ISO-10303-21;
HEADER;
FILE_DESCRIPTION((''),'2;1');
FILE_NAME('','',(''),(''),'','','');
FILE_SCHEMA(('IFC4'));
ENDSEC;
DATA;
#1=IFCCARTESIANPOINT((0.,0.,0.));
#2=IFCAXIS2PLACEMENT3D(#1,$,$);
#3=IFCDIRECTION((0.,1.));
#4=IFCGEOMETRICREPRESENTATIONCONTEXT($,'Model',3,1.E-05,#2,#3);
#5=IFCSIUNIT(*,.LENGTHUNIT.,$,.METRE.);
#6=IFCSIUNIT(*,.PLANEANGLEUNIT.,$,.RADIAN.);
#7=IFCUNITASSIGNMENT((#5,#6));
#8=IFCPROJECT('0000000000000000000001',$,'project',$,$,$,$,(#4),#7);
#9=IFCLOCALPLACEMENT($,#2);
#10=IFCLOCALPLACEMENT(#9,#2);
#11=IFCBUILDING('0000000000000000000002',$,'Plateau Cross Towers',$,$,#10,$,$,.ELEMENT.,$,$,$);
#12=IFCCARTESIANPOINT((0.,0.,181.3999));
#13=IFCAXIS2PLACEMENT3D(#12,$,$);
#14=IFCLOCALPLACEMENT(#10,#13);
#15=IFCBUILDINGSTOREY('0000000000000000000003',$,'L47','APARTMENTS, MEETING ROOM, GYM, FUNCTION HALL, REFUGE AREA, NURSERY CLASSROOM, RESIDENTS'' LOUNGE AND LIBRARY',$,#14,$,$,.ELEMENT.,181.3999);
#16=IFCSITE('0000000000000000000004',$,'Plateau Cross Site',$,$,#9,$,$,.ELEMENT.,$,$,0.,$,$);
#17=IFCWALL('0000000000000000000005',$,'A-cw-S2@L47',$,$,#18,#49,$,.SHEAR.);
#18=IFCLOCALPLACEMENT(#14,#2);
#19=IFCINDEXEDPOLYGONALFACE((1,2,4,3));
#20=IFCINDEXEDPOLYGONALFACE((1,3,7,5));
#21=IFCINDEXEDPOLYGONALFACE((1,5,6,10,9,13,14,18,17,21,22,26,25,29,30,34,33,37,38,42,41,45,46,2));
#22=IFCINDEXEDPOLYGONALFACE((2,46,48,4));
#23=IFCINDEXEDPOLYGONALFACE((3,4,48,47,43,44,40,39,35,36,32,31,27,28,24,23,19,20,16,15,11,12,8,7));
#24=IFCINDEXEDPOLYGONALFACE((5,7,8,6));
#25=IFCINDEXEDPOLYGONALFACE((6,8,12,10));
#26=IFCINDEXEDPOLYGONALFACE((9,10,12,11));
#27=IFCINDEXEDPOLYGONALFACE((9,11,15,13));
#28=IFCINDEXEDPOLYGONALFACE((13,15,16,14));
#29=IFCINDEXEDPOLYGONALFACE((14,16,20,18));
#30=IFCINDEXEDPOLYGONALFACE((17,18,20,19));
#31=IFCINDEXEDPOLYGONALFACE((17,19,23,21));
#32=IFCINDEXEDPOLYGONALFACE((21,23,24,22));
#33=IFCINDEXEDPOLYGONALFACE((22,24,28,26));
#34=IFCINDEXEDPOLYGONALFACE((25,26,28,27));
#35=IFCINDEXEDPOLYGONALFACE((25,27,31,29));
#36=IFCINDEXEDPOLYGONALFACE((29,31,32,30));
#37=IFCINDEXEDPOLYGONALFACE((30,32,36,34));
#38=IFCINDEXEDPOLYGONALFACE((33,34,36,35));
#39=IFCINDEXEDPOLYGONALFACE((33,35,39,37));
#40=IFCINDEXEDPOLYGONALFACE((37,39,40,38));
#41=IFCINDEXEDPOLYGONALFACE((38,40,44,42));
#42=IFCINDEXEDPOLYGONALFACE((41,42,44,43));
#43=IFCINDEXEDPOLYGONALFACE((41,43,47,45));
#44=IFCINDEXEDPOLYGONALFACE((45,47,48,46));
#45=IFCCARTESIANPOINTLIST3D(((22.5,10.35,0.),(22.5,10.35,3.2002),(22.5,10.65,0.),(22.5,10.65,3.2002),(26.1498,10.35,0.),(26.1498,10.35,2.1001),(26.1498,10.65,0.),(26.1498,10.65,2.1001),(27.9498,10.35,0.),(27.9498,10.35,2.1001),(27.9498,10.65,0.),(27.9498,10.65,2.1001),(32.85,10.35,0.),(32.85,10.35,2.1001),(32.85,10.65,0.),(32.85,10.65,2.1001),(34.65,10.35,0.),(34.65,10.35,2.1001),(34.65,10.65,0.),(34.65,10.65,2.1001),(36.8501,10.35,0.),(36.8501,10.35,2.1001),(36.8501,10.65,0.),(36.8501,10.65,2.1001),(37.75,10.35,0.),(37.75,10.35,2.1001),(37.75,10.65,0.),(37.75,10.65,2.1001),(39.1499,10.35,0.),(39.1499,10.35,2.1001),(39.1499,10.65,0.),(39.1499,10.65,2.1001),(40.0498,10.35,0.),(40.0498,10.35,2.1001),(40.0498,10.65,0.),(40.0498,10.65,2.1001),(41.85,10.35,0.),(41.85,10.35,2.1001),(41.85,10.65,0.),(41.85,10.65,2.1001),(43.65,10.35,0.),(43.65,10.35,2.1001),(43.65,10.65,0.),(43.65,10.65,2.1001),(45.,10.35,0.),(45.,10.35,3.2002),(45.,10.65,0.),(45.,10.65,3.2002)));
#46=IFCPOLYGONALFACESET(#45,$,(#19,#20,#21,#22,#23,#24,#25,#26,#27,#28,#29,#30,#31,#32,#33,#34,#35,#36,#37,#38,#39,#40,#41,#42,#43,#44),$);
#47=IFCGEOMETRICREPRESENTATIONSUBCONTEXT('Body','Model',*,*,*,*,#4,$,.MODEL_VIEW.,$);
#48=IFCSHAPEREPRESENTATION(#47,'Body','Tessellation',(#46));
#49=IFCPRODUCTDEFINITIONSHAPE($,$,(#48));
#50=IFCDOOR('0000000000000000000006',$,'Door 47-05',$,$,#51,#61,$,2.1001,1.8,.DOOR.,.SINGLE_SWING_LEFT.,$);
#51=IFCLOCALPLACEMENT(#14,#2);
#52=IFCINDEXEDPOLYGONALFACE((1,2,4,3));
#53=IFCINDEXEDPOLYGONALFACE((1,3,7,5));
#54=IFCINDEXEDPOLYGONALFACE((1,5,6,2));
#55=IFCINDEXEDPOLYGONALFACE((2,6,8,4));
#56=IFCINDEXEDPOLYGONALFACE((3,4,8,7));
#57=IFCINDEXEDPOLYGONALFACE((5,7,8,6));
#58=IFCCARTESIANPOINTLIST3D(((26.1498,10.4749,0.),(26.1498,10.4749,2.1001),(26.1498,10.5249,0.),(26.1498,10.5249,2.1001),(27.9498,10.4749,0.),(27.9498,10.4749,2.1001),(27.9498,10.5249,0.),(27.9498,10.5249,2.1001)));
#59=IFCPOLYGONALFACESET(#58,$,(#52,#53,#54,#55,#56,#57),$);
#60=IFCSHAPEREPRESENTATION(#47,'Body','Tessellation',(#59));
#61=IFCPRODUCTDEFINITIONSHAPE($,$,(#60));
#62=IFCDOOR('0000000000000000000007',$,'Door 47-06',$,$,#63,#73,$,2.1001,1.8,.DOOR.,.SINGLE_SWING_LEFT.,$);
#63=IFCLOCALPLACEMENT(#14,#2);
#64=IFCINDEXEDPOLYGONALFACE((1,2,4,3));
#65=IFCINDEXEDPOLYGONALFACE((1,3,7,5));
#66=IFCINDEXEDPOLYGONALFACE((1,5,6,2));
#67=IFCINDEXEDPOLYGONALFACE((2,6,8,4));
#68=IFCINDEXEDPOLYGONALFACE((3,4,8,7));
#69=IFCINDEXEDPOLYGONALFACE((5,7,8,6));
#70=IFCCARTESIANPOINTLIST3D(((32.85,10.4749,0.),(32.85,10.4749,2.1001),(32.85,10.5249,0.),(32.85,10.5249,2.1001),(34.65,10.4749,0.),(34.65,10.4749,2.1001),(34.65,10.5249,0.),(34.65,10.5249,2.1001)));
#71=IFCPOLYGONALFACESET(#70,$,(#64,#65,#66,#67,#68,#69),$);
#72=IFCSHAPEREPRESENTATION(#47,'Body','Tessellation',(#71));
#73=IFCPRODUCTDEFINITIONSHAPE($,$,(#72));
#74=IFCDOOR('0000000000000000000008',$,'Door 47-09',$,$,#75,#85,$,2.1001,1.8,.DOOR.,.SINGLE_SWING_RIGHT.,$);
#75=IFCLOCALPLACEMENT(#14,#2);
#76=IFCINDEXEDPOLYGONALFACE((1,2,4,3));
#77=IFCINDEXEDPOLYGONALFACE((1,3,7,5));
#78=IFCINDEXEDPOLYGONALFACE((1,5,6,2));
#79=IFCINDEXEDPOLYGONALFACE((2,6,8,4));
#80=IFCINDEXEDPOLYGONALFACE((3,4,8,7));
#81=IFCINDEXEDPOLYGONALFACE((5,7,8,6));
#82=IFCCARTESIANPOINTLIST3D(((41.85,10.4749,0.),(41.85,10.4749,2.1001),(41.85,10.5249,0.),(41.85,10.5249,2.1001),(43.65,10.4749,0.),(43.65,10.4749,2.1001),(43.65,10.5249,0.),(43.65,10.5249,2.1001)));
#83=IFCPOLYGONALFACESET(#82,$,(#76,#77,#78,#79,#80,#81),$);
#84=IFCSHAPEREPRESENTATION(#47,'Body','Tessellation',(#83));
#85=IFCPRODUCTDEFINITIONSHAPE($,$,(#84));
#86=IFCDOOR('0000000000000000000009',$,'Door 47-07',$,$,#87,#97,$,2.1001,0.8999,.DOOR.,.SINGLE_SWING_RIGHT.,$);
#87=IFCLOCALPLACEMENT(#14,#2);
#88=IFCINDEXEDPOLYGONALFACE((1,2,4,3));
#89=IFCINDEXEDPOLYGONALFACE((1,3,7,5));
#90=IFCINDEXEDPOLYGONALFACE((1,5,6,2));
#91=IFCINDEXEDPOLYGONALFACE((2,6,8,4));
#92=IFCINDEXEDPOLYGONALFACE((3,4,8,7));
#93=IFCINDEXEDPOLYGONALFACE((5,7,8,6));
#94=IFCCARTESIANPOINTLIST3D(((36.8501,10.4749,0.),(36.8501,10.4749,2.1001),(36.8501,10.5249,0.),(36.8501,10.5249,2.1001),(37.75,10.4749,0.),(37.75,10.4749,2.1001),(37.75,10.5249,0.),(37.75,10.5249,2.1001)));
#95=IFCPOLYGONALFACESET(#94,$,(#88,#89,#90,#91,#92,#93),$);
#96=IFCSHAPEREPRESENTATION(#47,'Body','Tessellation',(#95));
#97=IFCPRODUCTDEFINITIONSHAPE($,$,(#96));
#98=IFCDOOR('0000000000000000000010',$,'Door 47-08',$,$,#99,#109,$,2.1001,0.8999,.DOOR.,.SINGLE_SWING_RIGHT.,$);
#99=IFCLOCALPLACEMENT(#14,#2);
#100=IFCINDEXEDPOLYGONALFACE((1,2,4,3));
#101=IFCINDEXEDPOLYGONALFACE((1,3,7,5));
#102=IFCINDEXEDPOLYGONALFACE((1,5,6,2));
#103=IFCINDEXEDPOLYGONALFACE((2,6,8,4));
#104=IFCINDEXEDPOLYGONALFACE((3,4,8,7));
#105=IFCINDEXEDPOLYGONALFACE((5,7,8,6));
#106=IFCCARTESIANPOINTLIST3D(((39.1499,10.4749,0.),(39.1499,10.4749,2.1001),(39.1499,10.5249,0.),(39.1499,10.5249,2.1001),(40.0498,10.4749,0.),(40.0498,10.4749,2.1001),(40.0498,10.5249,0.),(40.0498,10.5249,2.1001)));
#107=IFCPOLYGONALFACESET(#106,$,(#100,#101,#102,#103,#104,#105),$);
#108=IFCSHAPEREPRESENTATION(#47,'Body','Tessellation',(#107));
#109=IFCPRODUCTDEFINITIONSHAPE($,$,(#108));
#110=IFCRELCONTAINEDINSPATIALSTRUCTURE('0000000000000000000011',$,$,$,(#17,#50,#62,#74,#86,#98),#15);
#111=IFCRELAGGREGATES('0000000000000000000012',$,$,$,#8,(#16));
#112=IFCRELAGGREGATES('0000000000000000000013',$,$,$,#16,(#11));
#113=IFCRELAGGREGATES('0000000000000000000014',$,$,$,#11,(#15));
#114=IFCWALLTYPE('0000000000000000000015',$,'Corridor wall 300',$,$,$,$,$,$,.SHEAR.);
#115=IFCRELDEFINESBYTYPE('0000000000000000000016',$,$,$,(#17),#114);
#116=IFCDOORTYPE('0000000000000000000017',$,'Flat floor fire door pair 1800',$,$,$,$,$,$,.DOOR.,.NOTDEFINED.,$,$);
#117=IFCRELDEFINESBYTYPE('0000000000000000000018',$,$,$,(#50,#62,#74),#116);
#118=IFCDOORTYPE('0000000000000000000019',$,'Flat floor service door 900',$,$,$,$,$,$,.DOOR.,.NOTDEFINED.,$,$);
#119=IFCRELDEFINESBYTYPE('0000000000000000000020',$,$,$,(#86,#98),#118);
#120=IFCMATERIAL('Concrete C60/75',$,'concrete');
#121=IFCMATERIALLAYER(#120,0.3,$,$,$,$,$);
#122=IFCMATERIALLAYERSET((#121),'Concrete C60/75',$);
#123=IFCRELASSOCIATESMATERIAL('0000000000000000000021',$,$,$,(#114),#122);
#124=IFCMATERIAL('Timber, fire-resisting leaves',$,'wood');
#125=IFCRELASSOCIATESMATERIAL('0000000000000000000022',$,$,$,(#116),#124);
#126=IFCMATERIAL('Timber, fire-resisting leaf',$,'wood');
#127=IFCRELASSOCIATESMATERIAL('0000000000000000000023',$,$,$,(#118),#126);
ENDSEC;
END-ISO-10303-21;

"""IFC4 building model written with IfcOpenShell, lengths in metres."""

from ifc_helpers import new_model, si_unit, direction, frame, frame_2d, origin, place, context, subcontext, project, spatial, rectangle, extrude, material, layer, layer_set, type_object, element, fill, save


model = new_model("IFC4")

# Units and contexts
model_context = context("Model", 3, precision=1e-05, world=origin(), true_north=direction((0.0, 1.0)))
body_context = subcontext(model_context, "Body", "Model", "MODEL_VIEW")
ifc_project = project(units=[si_unit("LENGTHUNIT", "METRE"), si_unit("PLANEANGLEUNIT", "RADIAN")], contexts=[model_context])

# Site, building, storey
site_placement = place(None, origin())
site = spatial("IfcSite", under=ifc_project, at=site_placement, Name="Plateau Cross Site", CompositionType="ELEMENT", RefElevation=0.0)
building_placement = place(site_placement, origin())
building = spatial("IfcBuilding", under=site, at=building_placement, Name="Plateau Cross Towers", CompositionType="ELEMENT")
storey_placement = place(building_placement, frame((0.0, 0.0, 181.3999)))
storey = spatial("IfcBuildingStorey", under=building, at=storey_placement, Name="L47", Description="APARTMENTS, MEETING ROOM, GYM, FUNCTION HALL, REFUGE AREA, NURSERY CLASSROOM, RESIDENTS' LOUNGE AND LIBRARY", CompositionType="ELEMENT", Elevation=181.3999)

# Shared definitions
ifc_material_1 = material(Name="Concrete C60/75", Category="concrete")

# Wall, openings, doors
ifc_layer_1 = layer(ifc_material_1, 0.3)
ifc_layer_set_1 = layer_set([ifc_layer_1], Name="Concrete C60/75")
wall_type_1 = type_object("IfcWallType", Name="Corridor wall 300", PredefinedType="SHEAR", material=ifc_layer_set_1)
ifc_material_2 = material(Name="Timber, fire-resisting leaf", Category="wood")
ifc_material_3 = material(Name="Timber, fire-resisting leaves", Category="wood")
door_type_1 = type_object("IfcDoorType", Name="Flat floor fire door pair 1800", OperationType="NOTDEFINED", PredefinedType="DOOR", material=ifc_material_3)
door_type_2 = type_object("IfcDoorType", Name="Flat floor service door 900", OperationType="NOTDEFINED", PredefinedType="DOOR", material=ifc_material_2)
wall_1_placement = place(storey_placement, frame((22.5, 10.5, 0.0), z_axis=(0.0, 0.0, 1.0), x_axis=(1.0, 0.0, 0.0)))
wall_1 = element("IfcWall", 1, at=wall_1_placement, inside=storey, type_object=wall_type_1, Name="A-cw-S2@L47", PredefinedType="SHEAR", context=body_context, shape_type="SweptSolid", body=[
    extrude(rectangle(XDim=22.5, YDim=0.3, at=frame_2d((11.25, 0.0))), origin(), (0.0, 0.0, 1.0), 3.2002),
])
opening_1_placement = place(wall_1_placement, frame((3.6499, 0.0, 0.0)))
opening_1 = element("IfcOpeningElement", 2, at=opening_1_placement, cuts=wall_1, PredefinedType="OPENING", context=body_context, shape_type="SweptSolid", body=[
    extrude(rectangle(XDim=1.8, YDim=2.1001, at=frame_2d((0.8999, 1.05))), frame((0.0, 0.1599, 0.0), z_axis=(0.0, -1.0, 0.0), x_axis=(1.0, 0.0, 0.0)), (0.0, 0.0, 1.0), 0.3201),
])
opening_2_placement = place(wall_1_placement, frame((10.3501, 0.0, 0.0)))
opening_2 = element("IfcOpeningElement", 3, at=opening_2_placement, cuts=wall_1, PredefinedType="OPENING", context=body_context, shape_type="SweptSolid", body=[
    extrude(rectangle(XDim=1.8, YDim=2.1001, at=frame_2d((0.8999, 1.05))), frame((0.0, 0.1599, 0.0), z_axis=(0.0, -1.0, 0.0), x_axis=(1.0, 0.0, 0.0)), (0.0, 0.0, 1.0), 0.3201),
])
opening_3_placement = place(wall_1_placement, frame((14.3501, 0.0, 0.0)))
opening_3 = element("IfcOpeningElement", 4, at=opening_3_placement, cuts=wall_1, PredefinedType="OPENING", context=body_context, shape_type="SweptSolid", body=[
    extrude(rectangle(XDim=0.8999, YDim=2.1001, at=frame_2d((0.45, 1.05))), frame((0.0, 0.1599, 0.0), z_axis=(0.0, -1.0, 0.0), x_axis=(1.0, 0.0, 0.0)), (0.0, 0.0, 1.0), 0.3201),
])
opening_4_placement = place(wall_1_placement, frame((16.6499, 0.0, 0.0)))
opening_4 = element("IfcOpeningElement", 5, at=opening_4_placement, cuts=wall_1, PredefinedType="OPENING", context=body_context, shape_type="SweptSolid", body=[
    extrude(rectangle(XDim=0.8999, YDim=2.1001, at=frame_2d((0.45, 1.05))), frame((0.0, 0.1599, 0.0), z_axis=(0.0, -1.0, 0.0), x_axis=(1.0, 0.0, 0.0)), (0.0, 0.0, 1.0), 0.3201),
])
opening_5_placement = place(wall_1_placement, frame((19.3501, 0.0, 0.0)))
opening_5 = element("IfcOpeningElement", 6, at=opening_5_placement, cuts=wall_1, PredefinedType="OPENING", context=body_context, shape_type="SweptSolid", body=[
    extrude(rectangle(XDim=1.8, YDim=2.1001, at=frame_2d((0.8999, 1.05))), frame((0.0, 0.1599, 0.0), z_axis=(0.0, -1.0, 0.0), x_axis=(1.0, 0.0, 0.0)), (0.0, 0.0, 1.0), 0.3201),
])
door_1_placement = place(opening_1_placement, origin())
door_1 = element("IfcDoor", 7, at=door_1_placement, inside=storey, type_object=door_type_1, Name="Door 47-05", OperationType="SINGLE_SWING_LEFT", OverallHeight=2.1001, OverallWidth=1.8, PredefinedType="DOOR", context=body_context, shape_type="SweptSolid", body=[
    extrude(rectangle(XDim=1.8, YDim=2.1001, at=frame_2d((0.8999, 1.05))), frame((0.0, 0.0249, 0.0), z_axis=(0.0, -1.0, 0.0), x_axis=(1.0, 0.0, 0.0)), (0.0, 0.0, 1.0), 0.05),
])
fill(opening_1, door_1)
door_2_placement = place(opening_2_placement, origin())
door_2 = element("IfcDoor", 8, at=door_2_placement, inside=storey, type_object=door_type_1, Name="Door 47-06", OperationType="SINGLE_SWING_LEFT", OverallHeight=2.1001, OverallWidth=1.8, PredefinedType="DOOR", context=body_context, shape_type="SweptSolid", body=[
    extrude(rectangle(XDim=1.8, YDim=2.1001, at=frame_2d((0.8999, 1.05))), frame((0.0, 0.0249, 0.0), z_axis=(0.0, -1.0, 0.0), x_axis=(1.0, 0.0, 0.0)), (0.0, 0.0, 1.0), 0.05),
])
fill(opening_2, door_2)
door_3_placement = place(opening_5_placement, origin())
door_3 = element("IfcDoor", 9, at=door_3_placement, inside=storey, type_object=door_type_1, Name="Door 47-09", OperationType="SINGLE_SWING_RIGHT", OverallHeight=2.1001, OverallWidth=1.8, PredefinedType="DOOR", context=body_context, shape_type="SweptSolid", body=[
    extrude(rectangle(XDim=1.8, YDim=2.1001, at=frame_2d((0.8999, 1.05))), frame((0.0, 0.0249, 0.0), z_axis=(0.0, -1.0, 0.0), x_axis=(1.0, 0.0, 0.0)), (0.0, 0.0, 1.0), 0.05),
])
fill(opening_5, door_3)
door_4_placement = place(opening_3_placement, origin())
door_4 = element("IfcDoor", 10, at=door_4_placement, inside=storey, type_object=door_type_2, Name="Door 47-07", OperationType="SINGLE_SWING_RIGHT", OverallHeight=2.1001, OverallWidth=0.8999, PredefinedType="DOOR", context=body_context, shape_type="SweptSolid", body=[
    extrude(rectangle(XDim=0.8999, YDim=2.1001, at=frame_2d((0.45, 1.05))), frame((0.0, 0.0249, 0.0), z_axis=(0.0, -1.0, 0.0), x_axis=(1.0, 0.0, 0.0)), (0.0, 0.0, 1.0), 0.05),
])
fill(opening_3, door_4)
door_5_placement = place(opening_4_placement, origin())
door_5 = element("IfcDoor", 11, at=door_5_placement, inside=storey, type_object=door_type_2, Name="Door 47-08", OperationType="SINGLE_SWING_RIGHT", OverallHeight=2.1001, OverallWidth=0.8999, PredefinedType="DOOR", context=body_context, shape_type="SweptSolid", body=[
    extrude(rectangle(XDim=0.8999, YDim=2.1001, at=frame_2d((0.45, 1.05))), frame((0.0, 0.0249, 0.0), z_axis=(0.0, -1.0, 0.0), x_axis=(1.0, 0.0, 0.0)), (0.0, 0.0, 1.0), 0.05),
])
fill(opening_4, door_5)

save(model, "model.ifc")
